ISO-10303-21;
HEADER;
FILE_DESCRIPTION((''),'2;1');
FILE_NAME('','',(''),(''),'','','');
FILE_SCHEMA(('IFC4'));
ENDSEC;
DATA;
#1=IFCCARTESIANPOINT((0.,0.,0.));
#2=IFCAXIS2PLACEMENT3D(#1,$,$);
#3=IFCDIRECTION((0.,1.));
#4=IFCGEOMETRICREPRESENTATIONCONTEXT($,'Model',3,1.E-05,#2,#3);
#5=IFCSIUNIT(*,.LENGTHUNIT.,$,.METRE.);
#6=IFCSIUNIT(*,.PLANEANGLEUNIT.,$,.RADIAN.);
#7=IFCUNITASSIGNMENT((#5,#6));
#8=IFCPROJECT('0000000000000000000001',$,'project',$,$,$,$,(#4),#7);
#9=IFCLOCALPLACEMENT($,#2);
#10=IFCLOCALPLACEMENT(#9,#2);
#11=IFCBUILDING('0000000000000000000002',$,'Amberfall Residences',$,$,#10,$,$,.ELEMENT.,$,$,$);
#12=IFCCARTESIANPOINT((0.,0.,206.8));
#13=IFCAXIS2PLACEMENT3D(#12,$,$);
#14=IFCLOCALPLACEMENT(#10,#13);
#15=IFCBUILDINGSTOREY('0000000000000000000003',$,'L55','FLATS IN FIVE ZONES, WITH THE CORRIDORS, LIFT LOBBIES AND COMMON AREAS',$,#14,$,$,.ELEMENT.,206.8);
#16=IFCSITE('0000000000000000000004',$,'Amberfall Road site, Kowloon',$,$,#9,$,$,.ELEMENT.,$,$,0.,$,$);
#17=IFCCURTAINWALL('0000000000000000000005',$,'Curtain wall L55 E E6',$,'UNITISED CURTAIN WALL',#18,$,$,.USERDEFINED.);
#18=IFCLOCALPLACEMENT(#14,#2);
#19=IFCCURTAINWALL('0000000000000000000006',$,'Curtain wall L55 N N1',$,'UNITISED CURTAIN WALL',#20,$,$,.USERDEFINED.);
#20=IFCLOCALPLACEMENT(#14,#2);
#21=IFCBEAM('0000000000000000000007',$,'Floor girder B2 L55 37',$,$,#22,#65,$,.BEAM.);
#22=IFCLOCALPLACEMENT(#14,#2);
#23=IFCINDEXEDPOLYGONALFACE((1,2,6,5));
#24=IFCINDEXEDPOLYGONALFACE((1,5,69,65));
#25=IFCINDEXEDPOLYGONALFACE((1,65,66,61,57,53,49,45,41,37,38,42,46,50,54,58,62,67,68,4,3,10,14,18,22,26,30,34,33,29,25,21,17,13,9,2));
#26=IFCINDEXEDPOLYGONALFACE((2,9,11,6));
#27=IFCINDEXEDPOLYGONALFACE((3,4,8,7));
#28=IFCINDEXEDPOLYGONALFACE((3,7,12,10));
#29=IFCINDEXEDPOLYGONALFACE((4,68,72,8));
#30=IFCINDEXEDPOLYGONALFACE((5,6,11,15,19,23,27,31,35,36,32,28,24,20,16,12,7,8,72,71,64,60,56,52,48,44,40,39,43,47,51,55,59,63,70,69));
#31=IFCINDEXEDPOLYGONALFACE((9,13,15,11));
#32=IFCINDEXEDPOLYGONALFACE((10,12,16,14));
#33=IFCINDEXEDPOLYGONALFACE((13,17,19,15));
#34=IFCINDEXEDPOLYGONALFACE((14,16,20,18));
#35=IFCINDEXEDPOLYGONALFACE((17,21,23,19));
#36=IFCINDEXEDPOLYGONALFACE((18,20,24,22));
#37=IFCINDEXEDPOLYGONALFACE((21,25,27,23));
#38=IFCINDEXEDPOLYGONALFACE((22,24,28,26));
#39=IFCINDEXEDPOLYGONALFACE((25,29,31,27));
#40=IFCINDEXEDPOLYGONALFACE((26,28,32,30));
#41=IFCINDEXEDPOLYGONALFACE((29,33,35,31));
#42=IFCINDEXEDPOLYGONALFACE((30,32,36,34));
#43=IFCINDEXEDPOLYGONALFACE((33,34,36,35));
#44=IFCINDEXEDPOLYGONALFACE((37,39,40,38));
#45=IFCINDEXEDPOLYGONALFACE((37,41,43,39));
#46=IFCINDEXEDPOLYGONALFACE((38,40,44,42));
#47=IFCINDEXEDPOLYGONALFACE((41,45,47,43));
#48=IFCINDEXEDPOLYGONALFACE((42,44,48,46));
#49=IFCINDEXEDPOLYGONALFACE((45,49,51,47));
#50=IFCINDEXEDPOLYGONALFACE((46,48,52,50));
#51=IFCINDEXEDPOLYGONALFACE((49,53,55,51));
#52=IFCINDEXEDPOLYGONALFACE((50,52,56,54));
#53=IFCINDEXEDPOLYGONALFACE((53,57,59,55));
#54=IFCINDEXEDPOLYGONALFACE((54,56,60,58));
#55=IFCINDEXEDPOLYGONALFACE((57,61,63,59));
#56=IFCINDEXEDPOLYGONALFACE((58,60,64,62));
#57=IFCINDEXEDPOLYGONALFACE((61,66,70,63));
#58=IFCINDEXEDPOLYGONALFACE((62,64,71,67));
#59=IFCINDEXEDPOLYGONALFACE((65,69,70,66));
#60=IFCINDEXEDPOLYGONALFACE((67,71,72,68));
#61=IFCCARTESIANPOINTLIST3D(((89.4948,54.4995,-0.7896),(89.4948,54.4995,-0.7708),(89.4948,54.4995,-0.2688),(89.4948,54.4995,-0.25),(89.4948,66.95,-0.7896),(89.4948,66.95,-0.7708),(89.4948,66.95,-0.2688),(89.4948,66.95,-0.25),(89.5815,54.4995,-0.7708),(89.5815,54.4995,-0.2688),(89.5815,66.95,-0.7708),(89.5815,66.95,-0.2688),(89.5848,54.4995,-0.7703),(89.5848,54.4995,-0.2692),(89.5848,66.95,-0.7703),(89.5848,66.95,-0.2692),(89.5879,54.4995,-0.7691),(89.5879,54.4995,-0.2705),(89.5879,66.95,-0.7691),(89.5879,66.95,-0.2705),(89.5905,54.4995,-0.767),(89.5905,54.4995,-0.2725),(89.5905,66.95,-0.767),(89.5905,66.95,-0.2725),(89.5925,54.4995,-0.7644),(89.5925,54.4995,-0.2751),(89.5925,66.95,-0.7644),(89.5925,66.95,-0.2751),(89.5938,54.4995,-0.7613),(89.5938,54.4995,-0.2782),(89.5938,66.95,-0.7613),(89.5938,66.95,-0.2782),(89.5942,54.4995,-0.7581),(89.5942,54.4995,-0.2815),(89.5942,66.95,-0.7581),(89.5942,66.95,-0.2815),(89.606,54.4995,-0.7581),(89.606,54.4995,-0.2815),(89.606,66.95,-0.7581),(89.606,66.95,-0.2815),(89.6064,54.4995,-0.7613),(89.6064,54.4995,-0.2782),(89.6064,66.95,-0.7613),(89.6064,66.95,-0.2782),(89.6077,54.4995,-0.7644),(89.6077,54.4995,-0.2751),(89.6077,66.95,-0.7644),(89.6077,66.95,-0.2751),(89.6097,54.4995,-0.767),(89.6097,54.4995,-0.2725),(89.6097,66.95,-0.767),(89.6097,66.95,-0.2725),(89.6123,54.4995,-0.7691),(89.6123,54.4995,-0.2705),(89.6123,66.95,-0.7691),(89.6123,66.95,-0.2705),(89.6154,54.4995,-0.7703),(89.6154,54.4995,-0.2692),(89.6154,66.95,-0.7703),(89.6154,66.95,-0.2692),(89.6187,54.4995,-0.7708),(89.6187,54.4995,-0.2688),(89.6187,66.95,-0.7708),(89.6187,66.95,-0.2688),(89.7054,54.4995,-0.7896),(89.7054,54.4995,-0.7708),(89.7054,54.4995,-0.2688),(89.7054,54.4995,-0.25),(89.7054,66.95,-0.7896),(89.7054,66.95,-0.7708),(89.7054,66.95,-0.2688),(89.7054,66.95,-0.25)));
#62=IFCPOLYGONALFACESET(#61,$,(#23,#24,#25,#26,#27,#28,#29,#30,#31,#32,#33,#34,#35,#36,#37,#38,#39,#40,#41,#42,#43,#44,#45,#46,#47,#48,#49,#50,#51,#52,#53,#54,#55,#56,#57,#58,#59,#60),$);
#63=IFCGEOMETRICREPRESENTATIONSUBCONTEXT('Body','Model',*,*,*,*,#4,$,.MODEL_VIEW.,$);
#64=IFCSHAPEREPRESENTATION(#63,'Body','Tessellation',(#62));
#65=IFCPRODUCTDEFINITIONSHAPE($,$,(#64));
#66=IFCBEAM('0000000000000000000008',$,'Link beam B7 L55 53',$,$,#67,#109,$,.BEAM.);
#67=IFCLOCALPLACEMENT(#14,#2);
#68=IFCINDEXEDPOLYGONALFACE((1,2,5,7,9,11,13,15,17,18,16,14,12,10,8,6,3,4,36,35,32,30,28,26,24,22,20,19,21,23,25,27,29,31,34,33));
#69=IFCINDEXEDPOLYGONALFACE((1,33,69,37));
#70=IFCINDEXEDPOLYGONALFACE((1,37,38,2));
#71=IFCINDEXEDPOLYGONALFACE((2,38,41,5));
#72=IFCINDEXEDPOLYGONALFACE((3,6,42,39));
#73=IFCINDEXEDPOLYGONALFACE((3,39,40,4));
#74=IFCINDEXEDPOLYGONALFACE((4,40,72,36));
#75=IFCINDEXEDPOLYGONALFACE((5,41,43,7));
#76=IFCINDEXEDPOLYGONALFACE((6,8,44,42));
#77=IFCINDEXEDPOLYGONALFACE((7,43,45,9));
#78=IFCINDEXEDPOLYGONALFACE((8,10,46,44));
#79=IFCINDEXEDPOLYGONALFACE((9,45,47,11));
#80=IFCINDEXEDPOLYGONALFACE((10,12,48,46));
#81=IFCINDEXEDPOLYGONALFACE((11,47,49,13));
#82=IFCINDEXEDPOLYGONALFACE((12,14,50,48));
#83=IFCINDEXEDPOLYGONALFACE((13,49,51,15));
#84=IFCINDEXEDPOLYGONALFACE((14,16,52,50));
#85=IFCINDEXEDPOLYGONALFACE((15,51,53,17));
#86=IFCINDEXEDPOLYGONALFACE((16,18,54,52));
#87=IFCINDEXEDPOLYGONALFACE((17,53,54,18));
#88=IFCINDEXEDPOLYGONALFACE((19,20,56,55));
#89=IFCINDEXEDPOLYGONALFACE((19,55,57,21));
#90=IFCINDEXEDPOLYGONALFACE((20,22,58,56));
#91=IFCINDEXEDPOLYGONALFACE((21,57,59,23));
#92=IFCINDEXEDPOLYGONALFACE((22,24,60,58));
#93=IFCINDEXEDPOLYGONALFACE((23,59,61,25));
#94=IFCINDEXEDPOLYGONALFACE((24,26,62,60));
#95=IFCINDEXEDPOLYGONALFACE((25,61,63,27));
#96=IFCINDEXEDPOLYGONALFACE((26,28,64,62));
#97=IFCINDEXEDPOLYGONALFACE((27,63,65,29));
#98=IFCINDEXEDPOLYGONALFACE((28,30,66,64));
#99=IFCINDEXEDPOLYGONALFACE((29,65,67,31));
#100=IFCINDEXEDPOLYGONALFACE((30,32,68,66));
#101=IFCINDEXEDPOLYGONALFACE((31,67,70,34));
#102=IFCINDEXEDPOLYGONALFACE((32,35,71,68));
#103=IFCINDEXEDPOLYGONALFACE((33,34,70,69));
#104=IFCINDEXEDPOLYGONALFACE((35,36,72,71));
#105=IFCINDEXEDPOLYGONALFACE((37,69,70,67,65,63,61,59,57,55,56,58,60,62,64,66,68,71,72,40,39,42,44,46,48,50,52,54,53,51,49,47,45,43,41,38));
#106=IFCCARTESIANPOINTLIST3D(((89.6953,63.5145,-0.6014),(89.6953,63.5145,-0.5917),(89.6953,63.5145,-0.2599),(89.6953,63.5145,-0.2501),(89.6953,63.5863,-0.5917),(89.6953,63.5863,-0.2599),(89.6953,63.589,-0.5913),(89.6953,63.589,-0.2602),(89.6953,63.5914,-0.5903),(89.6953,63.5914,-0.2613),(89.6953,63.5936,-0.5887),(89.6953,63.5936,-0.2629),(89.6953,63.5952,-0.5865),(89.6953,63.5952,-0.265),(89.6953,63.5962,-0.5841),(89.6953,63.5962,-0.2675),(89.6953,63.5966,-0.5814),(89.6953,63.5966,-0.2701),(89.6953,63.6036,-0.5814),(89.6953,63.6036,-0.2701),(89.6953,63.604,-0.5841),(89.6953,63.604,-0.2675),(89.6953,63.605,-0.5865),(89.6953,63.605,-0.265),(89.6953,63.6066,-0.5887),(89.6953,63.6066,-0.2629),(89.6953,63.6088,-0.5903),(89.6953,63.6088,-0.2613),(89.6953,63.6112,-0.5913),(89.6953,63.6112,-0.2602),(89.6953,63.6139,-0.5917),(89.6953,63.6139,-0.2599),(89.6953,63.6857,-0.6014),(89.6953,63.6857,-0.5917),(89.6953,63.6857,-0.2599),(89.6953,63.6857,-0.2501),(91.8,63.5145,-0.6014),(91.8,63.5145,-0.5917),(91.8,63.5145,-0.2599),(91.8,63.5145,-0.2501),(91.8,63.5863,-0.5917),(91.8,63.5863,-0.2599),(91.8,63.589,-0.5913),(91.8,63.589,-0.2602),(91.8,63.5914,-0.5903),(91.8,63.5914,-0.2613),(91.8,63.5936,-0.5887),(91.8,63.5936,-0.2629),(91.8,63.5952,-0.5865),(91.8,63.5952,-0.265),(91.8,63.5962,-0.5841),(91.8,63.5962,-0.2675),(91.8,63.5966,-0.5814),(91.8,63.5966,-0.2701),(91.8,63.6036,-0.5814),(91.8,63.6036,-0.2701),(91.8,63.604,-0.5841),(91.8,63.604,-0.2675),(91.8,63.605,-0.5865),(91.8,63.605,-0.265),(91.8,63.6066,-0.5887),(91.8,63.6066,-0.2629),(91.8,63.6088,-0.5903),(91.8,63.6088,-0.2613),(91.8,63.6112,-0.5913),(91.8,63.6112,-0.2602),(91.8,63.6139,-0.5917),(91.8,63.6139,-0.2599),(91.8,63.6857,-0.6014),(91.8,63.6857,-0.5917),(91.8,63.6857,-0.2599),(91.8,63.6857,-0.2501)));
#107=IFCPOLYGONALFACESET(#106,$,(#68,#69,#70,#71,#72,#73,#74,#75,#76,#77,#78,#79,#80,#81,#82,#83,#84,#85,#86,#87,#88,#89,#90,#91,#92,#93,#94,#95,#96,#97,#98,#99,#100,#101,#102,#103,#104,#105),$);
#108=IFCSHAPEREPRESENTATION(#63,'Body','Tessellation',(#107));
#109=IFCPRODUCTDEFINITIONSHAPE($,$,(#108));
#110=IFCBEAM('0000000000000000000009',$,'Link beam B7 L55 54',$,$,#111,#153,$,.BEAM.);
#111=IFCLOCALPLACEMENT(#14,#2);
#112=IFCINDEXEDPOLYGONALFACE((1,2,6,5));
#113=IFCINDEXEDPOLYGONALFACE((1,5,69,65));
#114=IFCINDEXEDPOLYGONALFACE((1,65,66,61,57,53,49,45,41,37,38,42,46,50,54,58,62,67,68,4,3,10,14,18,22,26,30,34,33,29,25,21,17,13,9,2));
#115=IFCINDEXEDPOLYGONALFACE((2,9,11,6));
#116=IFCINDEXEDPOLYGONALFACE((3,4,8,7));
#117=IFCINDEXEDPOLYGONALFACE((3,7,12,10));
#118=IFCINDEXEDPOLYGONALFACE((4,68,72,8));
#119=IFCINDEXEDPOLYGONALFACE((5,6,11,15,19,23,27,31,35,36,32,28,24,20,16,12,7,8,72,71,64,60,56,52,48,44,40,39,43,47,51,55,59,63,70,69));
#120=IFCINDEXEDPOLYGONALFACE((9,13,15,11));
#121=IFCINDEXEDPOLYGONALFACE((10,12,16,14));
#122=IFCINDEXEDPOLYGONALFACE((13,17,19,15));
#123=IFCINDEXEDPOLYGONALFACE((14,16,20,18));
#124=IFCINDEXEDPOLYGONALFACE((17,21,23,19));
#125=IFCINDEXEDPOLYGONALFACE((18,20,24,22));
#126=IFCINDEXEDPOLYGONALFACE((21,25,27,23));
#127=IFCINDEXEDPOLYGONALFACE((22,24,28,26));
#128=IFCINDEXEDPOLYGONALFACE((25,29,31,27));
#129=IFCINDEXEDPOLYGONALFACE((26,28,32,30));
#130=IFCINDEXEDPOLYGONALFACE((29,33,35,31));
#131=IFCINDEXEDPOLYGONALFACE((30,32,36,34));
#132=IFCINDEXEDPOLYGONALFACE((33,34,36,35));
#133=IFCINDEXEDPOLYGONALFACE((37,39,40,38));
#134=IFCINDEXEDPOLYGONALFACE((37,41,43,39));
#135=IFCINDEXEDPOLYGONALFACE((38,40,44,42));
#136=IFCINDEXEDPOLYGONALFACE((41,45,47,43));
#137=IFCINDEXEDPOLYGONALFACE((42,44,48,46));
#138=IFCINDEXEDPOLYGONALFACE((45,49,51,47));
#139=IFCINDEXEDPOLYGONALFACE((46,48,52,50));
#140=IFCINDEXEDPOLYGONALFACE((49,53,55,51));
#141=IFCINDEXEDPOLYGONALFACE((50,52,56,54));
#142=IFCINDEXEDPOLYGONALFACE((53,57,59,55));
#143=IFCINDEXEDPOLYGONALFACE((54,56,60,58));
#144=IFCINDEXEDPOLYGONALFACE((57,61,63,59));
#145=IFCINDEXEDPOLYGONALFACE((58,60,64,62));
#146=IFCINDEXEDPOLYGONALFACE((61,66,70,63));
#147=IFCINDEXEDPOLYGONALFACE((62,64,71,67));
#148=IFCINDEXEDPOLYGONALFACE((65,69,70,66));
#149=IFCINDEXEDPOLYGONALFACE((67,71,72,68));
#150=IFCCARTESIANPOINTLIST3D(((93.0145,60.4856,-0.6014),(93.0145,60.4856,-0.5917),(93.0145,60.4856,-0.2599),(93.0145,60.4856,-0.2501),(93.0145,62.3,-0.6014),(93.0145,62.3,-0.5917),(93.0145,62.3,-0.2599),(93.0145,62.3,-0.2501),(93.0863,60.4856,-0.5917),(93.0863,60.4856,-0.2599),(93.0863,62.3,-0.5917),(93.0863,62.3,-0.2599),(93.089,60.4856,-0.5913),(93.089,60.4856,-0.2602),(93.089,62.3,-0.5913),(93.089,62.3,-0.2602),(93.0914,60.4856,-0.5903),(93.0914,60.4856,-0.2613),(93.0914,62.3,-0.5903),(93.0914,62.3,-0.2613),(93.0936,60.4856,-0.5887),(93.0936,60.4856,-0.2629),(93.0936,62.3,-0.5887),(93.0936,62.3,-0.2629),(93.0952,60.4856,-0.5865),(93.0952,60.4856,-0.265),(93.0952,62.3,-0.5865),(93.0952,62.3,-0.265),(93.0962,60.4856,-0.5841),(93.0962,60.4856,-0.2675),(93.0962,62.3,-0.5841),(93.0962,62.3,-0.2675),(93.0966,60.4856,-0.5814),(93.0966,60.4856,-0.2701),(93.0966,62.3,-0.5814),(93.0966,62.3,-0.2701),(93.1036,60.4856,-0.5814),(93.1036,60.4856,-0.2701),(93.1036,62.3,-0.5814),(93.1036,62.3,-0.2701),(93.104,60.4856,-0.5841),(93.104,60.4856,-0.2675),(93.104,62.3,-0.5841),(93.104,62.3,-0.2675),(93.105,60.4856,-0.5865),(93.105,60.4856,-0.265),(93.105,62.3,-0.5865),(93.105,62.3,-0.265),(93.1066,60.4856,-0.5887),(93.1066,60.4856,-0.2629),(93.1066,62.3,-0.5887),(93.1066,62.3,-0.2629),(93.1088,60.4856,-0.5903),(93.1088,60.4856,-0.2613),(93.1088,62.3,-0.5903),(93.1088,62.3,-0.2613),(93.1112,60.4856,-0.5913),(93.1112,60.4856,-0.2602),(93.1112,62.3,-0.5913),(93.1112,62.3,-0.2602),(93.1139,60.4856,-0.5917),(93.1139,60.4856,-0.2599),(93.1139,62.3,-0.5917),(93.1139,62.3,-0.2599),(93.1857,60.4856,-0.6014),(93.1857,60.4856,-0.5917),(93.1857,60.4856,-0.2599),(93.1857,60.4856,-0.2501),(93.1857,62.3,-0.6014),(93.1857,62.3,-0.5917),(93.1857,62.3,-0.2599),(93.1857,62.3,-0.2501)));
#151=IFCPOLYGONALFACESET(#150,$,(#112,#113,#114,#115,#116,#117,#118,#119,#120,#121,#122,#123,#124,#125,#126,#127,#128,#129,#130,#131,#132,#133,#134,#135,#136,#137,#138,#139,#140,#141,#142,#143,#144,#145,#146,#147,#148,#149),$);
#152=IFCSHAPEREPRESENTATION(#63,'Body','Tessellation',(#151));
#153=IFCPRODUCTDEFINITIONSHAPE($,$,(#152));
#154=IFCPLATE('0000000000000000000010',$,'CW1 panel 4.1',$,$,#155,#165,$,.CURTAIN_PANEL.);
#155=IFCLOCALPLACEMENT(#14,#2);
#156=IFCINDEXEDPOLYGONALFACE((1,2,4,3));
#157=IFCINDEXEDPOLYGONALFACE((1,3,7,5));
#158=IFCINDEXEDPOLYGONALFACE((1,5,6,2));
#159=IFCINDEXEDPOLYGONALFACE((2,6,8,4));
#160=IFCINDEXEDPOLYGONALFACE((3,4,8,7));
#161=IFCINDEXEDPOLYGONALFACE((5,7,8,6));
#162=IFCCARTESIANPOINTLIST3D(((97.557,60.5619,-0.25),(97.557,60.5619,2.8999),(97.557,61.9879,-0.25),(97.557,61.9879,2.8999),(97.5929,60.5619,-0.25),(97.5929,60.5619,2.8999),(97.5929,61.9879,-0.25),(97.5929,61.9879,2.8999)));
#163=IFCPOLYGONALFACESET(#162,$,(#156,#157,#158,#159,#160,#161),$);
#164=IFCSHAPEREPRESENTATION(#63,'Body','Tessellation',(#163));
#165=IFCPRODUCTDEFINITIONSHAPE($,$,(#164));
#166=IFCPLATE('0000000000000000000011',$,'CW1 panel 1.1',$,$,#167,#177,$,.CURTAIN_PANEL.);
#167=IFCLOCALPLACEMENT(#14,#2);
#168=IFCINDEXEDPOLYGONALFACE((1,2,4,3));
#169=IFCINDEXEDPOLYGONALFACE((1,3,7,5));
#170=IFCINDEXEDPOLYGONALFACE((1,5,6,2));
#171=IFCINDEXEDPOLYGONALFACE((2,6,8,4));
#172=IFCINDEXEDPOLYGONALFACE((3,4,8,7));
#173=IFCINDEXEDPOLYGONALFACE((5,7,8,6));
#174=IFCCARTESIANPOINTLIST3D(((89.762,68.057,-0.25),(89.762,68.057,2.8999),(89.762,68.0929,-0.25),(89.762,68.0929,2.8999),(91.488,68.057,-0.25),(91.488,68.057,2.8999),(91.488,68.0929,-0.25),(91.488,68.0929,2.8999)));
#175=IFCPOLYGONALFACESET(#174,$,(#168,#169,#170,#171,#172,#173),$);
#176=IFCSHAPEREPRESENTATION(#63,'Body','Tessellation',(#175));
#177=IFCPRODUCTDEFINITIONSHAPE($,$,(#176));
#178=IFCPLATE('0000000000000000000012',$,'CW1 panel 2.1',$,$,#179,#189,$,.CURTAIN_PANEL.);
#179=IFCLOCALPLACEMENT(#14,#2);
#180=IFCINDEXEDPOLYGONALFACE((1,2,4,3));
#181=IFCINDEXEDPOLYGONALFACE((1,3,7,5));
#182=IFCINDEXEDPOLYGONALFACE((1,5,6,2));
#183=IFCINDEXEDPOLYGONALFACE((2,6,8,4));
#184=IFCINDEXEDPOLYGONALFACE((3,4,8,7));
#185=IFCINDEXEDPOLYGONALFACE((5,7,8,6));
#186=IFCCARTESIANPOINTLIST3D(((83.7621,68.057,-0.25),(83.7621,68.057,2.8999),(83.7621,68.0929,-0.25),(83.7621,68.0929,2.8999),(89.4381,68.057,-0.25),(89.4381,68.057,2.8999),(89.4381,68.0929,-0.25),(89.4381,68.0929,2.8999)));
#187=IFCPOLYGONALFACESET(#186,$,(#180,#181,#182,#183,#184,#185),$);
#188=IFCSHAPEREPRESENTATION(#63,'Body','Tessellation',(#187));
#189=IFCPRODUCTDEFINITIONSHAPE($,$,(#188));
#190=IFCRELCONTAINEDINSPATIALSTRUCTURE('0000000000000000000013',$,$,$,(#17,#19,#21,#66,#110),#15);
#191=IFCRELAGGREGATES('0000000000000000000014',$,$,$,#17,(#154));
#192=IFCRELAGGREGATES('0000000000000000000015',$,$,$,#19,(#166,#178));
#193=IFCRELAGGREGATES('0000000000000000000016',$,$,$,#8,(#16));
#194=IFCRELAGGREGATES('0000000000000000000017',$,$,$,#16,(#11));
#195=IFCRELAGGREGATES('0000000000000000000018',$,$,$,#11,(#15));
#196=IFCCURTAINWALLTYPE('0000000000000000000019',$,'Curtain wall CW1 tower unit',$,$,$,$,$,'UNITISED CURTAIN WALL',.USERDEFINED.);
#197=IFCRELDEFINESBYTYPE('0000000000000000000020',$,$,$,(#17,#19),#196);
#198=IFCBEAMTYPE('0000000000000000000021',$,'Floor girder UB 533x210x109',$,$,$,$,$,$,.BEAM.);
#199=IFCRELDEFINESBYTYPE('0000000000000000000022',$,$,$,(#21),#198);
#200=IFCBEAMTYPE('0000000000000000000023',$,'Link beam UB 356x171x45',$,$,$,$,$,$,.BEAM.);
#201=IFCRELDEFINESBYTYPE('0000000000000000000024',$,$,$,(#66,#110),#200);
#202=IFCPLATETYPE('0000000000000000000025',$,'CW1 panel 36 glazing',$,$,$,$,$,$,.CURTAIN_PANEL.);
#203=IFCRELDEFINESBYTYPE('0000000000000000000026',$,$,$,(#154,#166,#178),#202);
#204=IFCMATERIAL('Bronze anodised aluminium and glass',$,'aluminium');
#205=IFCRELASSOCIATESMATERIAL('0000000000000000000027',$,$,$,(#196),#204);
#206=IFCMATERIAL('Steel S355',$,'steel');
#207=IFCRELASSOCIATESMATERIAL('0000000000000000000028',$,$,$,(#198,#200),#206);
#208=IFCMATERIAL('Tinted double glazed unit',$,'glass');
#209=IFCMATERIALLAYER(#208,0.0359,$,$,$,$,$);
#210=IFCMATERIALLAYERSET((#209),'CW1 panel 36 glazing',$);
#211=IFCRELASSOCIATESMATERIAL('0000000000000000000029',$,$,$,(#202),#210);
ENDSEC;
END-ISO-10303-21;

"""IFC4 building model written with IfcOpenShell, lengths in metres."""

from ifc_helpers import new_model, si_unit, direction, frame, origin, origin_2d, place, context, subcontext, project, spatial, rectangle, i_section, extrude, material, layer, layer_set, material_profile, profile_set, type_object, element, aggregate, save


model = new_model("IFC4")

# Units and contexts
model_context = context("Model", 3, precision=1e-05, world=origin(), true_north=direction((0.0, 1.0)))
body_context = subcontext(model_context, "Body", "Model", "MODEL_VIEW")
ifc_project = project(units=[si_unit("LENGTHUNIT", "METRE"), si_unit("PLANEANGLEUNIT", "RADIAN")], contexts=[model_context])

# Site, building, storey
site_placement = place(None, origin())
site = spatial("IfcSite", under=ifc_project, at=site_placement, Name="Amberfall Road site, Kowloon", CompositionType="ELEMENT", RefElevation=0.0)
building_placement = place(site_placement, origin())
building = spatial("IfcBuilding", under=site, at=building_placement, Name="Amberfall Residences", CompositionType="ELEMENT")
storey_placement = place(building_placement, frame((0.0, 0.0, 206.8)))
storey = spatial("IfcBuildingStorey", under=building, at=storey_placement, Name="L55", Description="FLATS IN FIVE ZONES, WITH THE CORRIDORS, LIFT LOBBIES AND COMMON AREAS", CompositionType="ELEMENT", Elevation=206.8)

# Curtain wall
ifc_material_1 = material(Name="Bronze anodised aluminium and glass", Category="aluminium")
curtain_wall_type = type_object("IfcCurtainWallType", Name="Curtain wall CW1 tower unit", ElementType="UNITISED CURTAIN WALL", PredefinedType="USERDEFINED", material=ifc_material_1)
curtain_wall_1_placement = place(storey_placement, origin())
curtain_wall_1 = element("IfcCurtainWall", 1, at=curtain_wall_1_placement, inside=storey, type_object=curtain_wall_type, Name="Curtain wall L55 E E6", ObjectType="UNITISED CURTAIN WALL", PredefinedType="USERDEFINED")

# Curtain wall
curtain_wall_2_placement = place(storey_placement, origin())
curtain_wall_2 = element("IfcCurtainWall", 2, at=curtain_wall_2_placement, inside=storey, type_object=curtain_wall_type, Name="Curtain wall L55 N N1", ObjectType="UNITISED CURTAIN WALL", PredefinedType="USERDEFINED")

# Shared definitions
ifc_material_2 = material(Name="Steel S355", Category="steel")

# Beams
ifc_material_profile_1 = material_profile(ifc_material_2, i_section(OverallWidth=0.2107, OverallDepth=0.5396, WebThickness=0.0117, FlangeThickness=0.0188, FilletRadius=0.0127, at=origin_2d()), Name="UB 533x210x109")
ifc_profile_set_1 = profile_set([ifc_material_profile_1], Name="Steel S355")
beam_type_1 = type_object("IfcBeamType", Name="Floor girder UB 533x210x109", PredefinedType="BEAM", material=ifc_profile_set_1)
beam_1_placement = place(storey_placement, frame((89.6001, 66.95, -0.5198), z_axis=(0.0, -1.0, 0.0), x_axis=(1.0, 0.0, 0.0)))
element("IfcBeam", 3, at=beam_1_placement, inside=storey, type_object=beam_type_1, Name="Floor girder B2 L55 37", PredefinedType="BEAM", context=body_context, shape_type="SweptSolid", body=[
    extrude(i_section(OverallWidth=0.2107, OverallDepth=0.5396, WebThickness=0.0117, FlangeThickness=0.0188, FilletRadius=0.0127, at=origin_2d()), origin(), (0.0, 0.0, 1.0), 12.4504),
])
ifc_material_profile_2 = material_profile(ifc_material_2, i_section(OverallWidth=0.1711, OverallDepth=0.3513, WebThickness=0.0071, FlangeThickness=0.0098, FilletRadius=0.0103, at=origin_2d()), Name="UB 356x171x45")
ifc_profile_set_2 = profile_set([ifc_material_profile_2], Name="Steel S355")
beam_type_2 = type_object("IfcBeamType", Name="Link beam UB 356x171x45", PredefinedType="BEAM", material=ifc_profile_set_2)
beam_2_placement = place(storey_placement, frame((91.8, 63.6001, -0.4258), z_axis=(-1.0, 0.0, 0.0), x_axis=(0.0, -1.0, 0.0)))
element("IfcBeam", 4, at=beam_2_placement, inside=storey, type_object=beam_type_2, Name="Link beam B7 L55 53", PredefinedType="BEAM", context=body_context, shape_type="SweptSolid", body=[
    extrude(i_section(OverallWidth=0.1711, OverallDepth=0.3513, WebThickness=0.0071, FlangeThickness=0.0098, FilletRadius=0.0103, at=origin_2d()), origin(), (0.0, 0.0, 1.0), 2.1047),
])
beam_3_placement = place(storey_placement, frame((93.1001, 62.3, -0.4258), z_axis=(0.0, -1.0, 0.0), x_axis=(1.0, 0.0, 0.0)))
element("IfcBeam", 5, at=beam_3_placement, inside=storey, type_object=beam_type_2, Name="Link beam B7 L55 54", PredefinedType="BEAM", context=body_context, shape_type="SweptSolid", body=[
    extrude(i_section(OverallWidth=0.1711, OverallDepth=0.3513, WebThickness=0.0071, FlangeThickness=0.0098, FilletRadius=0.0103, at=origin_2d()), origin(), (0.0, 0.0, 1.0), 1.8145),
])

# Plates
ifc_material_3 = material(Name="Tinted double glazed unit", Category="glass")
ifc_layer_1 = layer(ifc_material_3, 0.0359)
ifc_layer_set_1 = layer_set([ifc_layer_1], Name="CW1 panel 36 glazing")
plate_type = type_object("IfcPlateType", Name="CW1 panel 36 glazing", PredefinedType="CURTAIN_PANEL", material=ifc_layer_set_1)
plate_1_placement = place(storey_placement, frame((97.575, 61.2749, -0.25), z_axis=(0.0, 0.0, 1.0), x_axis=(0.0, 1.0, 0.0)))
plate_1 = element("IfcPlate", 6, at=plate_1_placement, type_object=plate_type, Name="CW1 panel 4.1", PredefinedType="CURTAIN_PANEL", context=body_context, shape_type="SweptSolid", body=[
    extrude(rectangle(XDim=1.426, YDim=0.0359, at=origin_2d()), origin(), (0.0, 0.0, 1.0), 3.1499),
])
aggregate(curtain_wall_1, [plate_1])
plate_2_placement = place(storey_placement, frame((90.625, 68.075, -0.25), z_axis=(0.0, 0.0, 1.0), x_axis=(-1.0, 0.0, 0.0)))
plate_2 = element("IfcPlate", 7, at=plate_2_placement, type_object=plate_type, Name="CW1 panel 1.1", PredefinedType="CURTAIN_PANEL", context=body_context, shape_type="SweptSolid", body=[
    extrude(rectangle(XDim=1.7261, YDim=0.0359, at=origin_2d()), origin(), (0.0, 0.0, 1.0), 3.1499),
])
plate_3_placement = place(storey_placement, frame((86.6001, 68.075, -0.25), z_axis=(0.0, 0.0, 1.0), x_axis=(-1.0, 0.0, 0.0)))
plate_3 = element("IfcPlate", 8, at=plate_3_placement, type_object=plate_type, Name="CW1 panel 2.1", PredefinedType="CURTAIN_PANEL", context=body_context, shape_type="SweptSolid", body=[
    extrude(rectangle(XDim=5.676, YDim=0.0359, at=origin_2d()), origin(), (0.0, 0.0, 1.0), 3.1499),
])
aggregate(curtain_wall_2, [plate_2, plate_3])

save(model, "model.ifc")
